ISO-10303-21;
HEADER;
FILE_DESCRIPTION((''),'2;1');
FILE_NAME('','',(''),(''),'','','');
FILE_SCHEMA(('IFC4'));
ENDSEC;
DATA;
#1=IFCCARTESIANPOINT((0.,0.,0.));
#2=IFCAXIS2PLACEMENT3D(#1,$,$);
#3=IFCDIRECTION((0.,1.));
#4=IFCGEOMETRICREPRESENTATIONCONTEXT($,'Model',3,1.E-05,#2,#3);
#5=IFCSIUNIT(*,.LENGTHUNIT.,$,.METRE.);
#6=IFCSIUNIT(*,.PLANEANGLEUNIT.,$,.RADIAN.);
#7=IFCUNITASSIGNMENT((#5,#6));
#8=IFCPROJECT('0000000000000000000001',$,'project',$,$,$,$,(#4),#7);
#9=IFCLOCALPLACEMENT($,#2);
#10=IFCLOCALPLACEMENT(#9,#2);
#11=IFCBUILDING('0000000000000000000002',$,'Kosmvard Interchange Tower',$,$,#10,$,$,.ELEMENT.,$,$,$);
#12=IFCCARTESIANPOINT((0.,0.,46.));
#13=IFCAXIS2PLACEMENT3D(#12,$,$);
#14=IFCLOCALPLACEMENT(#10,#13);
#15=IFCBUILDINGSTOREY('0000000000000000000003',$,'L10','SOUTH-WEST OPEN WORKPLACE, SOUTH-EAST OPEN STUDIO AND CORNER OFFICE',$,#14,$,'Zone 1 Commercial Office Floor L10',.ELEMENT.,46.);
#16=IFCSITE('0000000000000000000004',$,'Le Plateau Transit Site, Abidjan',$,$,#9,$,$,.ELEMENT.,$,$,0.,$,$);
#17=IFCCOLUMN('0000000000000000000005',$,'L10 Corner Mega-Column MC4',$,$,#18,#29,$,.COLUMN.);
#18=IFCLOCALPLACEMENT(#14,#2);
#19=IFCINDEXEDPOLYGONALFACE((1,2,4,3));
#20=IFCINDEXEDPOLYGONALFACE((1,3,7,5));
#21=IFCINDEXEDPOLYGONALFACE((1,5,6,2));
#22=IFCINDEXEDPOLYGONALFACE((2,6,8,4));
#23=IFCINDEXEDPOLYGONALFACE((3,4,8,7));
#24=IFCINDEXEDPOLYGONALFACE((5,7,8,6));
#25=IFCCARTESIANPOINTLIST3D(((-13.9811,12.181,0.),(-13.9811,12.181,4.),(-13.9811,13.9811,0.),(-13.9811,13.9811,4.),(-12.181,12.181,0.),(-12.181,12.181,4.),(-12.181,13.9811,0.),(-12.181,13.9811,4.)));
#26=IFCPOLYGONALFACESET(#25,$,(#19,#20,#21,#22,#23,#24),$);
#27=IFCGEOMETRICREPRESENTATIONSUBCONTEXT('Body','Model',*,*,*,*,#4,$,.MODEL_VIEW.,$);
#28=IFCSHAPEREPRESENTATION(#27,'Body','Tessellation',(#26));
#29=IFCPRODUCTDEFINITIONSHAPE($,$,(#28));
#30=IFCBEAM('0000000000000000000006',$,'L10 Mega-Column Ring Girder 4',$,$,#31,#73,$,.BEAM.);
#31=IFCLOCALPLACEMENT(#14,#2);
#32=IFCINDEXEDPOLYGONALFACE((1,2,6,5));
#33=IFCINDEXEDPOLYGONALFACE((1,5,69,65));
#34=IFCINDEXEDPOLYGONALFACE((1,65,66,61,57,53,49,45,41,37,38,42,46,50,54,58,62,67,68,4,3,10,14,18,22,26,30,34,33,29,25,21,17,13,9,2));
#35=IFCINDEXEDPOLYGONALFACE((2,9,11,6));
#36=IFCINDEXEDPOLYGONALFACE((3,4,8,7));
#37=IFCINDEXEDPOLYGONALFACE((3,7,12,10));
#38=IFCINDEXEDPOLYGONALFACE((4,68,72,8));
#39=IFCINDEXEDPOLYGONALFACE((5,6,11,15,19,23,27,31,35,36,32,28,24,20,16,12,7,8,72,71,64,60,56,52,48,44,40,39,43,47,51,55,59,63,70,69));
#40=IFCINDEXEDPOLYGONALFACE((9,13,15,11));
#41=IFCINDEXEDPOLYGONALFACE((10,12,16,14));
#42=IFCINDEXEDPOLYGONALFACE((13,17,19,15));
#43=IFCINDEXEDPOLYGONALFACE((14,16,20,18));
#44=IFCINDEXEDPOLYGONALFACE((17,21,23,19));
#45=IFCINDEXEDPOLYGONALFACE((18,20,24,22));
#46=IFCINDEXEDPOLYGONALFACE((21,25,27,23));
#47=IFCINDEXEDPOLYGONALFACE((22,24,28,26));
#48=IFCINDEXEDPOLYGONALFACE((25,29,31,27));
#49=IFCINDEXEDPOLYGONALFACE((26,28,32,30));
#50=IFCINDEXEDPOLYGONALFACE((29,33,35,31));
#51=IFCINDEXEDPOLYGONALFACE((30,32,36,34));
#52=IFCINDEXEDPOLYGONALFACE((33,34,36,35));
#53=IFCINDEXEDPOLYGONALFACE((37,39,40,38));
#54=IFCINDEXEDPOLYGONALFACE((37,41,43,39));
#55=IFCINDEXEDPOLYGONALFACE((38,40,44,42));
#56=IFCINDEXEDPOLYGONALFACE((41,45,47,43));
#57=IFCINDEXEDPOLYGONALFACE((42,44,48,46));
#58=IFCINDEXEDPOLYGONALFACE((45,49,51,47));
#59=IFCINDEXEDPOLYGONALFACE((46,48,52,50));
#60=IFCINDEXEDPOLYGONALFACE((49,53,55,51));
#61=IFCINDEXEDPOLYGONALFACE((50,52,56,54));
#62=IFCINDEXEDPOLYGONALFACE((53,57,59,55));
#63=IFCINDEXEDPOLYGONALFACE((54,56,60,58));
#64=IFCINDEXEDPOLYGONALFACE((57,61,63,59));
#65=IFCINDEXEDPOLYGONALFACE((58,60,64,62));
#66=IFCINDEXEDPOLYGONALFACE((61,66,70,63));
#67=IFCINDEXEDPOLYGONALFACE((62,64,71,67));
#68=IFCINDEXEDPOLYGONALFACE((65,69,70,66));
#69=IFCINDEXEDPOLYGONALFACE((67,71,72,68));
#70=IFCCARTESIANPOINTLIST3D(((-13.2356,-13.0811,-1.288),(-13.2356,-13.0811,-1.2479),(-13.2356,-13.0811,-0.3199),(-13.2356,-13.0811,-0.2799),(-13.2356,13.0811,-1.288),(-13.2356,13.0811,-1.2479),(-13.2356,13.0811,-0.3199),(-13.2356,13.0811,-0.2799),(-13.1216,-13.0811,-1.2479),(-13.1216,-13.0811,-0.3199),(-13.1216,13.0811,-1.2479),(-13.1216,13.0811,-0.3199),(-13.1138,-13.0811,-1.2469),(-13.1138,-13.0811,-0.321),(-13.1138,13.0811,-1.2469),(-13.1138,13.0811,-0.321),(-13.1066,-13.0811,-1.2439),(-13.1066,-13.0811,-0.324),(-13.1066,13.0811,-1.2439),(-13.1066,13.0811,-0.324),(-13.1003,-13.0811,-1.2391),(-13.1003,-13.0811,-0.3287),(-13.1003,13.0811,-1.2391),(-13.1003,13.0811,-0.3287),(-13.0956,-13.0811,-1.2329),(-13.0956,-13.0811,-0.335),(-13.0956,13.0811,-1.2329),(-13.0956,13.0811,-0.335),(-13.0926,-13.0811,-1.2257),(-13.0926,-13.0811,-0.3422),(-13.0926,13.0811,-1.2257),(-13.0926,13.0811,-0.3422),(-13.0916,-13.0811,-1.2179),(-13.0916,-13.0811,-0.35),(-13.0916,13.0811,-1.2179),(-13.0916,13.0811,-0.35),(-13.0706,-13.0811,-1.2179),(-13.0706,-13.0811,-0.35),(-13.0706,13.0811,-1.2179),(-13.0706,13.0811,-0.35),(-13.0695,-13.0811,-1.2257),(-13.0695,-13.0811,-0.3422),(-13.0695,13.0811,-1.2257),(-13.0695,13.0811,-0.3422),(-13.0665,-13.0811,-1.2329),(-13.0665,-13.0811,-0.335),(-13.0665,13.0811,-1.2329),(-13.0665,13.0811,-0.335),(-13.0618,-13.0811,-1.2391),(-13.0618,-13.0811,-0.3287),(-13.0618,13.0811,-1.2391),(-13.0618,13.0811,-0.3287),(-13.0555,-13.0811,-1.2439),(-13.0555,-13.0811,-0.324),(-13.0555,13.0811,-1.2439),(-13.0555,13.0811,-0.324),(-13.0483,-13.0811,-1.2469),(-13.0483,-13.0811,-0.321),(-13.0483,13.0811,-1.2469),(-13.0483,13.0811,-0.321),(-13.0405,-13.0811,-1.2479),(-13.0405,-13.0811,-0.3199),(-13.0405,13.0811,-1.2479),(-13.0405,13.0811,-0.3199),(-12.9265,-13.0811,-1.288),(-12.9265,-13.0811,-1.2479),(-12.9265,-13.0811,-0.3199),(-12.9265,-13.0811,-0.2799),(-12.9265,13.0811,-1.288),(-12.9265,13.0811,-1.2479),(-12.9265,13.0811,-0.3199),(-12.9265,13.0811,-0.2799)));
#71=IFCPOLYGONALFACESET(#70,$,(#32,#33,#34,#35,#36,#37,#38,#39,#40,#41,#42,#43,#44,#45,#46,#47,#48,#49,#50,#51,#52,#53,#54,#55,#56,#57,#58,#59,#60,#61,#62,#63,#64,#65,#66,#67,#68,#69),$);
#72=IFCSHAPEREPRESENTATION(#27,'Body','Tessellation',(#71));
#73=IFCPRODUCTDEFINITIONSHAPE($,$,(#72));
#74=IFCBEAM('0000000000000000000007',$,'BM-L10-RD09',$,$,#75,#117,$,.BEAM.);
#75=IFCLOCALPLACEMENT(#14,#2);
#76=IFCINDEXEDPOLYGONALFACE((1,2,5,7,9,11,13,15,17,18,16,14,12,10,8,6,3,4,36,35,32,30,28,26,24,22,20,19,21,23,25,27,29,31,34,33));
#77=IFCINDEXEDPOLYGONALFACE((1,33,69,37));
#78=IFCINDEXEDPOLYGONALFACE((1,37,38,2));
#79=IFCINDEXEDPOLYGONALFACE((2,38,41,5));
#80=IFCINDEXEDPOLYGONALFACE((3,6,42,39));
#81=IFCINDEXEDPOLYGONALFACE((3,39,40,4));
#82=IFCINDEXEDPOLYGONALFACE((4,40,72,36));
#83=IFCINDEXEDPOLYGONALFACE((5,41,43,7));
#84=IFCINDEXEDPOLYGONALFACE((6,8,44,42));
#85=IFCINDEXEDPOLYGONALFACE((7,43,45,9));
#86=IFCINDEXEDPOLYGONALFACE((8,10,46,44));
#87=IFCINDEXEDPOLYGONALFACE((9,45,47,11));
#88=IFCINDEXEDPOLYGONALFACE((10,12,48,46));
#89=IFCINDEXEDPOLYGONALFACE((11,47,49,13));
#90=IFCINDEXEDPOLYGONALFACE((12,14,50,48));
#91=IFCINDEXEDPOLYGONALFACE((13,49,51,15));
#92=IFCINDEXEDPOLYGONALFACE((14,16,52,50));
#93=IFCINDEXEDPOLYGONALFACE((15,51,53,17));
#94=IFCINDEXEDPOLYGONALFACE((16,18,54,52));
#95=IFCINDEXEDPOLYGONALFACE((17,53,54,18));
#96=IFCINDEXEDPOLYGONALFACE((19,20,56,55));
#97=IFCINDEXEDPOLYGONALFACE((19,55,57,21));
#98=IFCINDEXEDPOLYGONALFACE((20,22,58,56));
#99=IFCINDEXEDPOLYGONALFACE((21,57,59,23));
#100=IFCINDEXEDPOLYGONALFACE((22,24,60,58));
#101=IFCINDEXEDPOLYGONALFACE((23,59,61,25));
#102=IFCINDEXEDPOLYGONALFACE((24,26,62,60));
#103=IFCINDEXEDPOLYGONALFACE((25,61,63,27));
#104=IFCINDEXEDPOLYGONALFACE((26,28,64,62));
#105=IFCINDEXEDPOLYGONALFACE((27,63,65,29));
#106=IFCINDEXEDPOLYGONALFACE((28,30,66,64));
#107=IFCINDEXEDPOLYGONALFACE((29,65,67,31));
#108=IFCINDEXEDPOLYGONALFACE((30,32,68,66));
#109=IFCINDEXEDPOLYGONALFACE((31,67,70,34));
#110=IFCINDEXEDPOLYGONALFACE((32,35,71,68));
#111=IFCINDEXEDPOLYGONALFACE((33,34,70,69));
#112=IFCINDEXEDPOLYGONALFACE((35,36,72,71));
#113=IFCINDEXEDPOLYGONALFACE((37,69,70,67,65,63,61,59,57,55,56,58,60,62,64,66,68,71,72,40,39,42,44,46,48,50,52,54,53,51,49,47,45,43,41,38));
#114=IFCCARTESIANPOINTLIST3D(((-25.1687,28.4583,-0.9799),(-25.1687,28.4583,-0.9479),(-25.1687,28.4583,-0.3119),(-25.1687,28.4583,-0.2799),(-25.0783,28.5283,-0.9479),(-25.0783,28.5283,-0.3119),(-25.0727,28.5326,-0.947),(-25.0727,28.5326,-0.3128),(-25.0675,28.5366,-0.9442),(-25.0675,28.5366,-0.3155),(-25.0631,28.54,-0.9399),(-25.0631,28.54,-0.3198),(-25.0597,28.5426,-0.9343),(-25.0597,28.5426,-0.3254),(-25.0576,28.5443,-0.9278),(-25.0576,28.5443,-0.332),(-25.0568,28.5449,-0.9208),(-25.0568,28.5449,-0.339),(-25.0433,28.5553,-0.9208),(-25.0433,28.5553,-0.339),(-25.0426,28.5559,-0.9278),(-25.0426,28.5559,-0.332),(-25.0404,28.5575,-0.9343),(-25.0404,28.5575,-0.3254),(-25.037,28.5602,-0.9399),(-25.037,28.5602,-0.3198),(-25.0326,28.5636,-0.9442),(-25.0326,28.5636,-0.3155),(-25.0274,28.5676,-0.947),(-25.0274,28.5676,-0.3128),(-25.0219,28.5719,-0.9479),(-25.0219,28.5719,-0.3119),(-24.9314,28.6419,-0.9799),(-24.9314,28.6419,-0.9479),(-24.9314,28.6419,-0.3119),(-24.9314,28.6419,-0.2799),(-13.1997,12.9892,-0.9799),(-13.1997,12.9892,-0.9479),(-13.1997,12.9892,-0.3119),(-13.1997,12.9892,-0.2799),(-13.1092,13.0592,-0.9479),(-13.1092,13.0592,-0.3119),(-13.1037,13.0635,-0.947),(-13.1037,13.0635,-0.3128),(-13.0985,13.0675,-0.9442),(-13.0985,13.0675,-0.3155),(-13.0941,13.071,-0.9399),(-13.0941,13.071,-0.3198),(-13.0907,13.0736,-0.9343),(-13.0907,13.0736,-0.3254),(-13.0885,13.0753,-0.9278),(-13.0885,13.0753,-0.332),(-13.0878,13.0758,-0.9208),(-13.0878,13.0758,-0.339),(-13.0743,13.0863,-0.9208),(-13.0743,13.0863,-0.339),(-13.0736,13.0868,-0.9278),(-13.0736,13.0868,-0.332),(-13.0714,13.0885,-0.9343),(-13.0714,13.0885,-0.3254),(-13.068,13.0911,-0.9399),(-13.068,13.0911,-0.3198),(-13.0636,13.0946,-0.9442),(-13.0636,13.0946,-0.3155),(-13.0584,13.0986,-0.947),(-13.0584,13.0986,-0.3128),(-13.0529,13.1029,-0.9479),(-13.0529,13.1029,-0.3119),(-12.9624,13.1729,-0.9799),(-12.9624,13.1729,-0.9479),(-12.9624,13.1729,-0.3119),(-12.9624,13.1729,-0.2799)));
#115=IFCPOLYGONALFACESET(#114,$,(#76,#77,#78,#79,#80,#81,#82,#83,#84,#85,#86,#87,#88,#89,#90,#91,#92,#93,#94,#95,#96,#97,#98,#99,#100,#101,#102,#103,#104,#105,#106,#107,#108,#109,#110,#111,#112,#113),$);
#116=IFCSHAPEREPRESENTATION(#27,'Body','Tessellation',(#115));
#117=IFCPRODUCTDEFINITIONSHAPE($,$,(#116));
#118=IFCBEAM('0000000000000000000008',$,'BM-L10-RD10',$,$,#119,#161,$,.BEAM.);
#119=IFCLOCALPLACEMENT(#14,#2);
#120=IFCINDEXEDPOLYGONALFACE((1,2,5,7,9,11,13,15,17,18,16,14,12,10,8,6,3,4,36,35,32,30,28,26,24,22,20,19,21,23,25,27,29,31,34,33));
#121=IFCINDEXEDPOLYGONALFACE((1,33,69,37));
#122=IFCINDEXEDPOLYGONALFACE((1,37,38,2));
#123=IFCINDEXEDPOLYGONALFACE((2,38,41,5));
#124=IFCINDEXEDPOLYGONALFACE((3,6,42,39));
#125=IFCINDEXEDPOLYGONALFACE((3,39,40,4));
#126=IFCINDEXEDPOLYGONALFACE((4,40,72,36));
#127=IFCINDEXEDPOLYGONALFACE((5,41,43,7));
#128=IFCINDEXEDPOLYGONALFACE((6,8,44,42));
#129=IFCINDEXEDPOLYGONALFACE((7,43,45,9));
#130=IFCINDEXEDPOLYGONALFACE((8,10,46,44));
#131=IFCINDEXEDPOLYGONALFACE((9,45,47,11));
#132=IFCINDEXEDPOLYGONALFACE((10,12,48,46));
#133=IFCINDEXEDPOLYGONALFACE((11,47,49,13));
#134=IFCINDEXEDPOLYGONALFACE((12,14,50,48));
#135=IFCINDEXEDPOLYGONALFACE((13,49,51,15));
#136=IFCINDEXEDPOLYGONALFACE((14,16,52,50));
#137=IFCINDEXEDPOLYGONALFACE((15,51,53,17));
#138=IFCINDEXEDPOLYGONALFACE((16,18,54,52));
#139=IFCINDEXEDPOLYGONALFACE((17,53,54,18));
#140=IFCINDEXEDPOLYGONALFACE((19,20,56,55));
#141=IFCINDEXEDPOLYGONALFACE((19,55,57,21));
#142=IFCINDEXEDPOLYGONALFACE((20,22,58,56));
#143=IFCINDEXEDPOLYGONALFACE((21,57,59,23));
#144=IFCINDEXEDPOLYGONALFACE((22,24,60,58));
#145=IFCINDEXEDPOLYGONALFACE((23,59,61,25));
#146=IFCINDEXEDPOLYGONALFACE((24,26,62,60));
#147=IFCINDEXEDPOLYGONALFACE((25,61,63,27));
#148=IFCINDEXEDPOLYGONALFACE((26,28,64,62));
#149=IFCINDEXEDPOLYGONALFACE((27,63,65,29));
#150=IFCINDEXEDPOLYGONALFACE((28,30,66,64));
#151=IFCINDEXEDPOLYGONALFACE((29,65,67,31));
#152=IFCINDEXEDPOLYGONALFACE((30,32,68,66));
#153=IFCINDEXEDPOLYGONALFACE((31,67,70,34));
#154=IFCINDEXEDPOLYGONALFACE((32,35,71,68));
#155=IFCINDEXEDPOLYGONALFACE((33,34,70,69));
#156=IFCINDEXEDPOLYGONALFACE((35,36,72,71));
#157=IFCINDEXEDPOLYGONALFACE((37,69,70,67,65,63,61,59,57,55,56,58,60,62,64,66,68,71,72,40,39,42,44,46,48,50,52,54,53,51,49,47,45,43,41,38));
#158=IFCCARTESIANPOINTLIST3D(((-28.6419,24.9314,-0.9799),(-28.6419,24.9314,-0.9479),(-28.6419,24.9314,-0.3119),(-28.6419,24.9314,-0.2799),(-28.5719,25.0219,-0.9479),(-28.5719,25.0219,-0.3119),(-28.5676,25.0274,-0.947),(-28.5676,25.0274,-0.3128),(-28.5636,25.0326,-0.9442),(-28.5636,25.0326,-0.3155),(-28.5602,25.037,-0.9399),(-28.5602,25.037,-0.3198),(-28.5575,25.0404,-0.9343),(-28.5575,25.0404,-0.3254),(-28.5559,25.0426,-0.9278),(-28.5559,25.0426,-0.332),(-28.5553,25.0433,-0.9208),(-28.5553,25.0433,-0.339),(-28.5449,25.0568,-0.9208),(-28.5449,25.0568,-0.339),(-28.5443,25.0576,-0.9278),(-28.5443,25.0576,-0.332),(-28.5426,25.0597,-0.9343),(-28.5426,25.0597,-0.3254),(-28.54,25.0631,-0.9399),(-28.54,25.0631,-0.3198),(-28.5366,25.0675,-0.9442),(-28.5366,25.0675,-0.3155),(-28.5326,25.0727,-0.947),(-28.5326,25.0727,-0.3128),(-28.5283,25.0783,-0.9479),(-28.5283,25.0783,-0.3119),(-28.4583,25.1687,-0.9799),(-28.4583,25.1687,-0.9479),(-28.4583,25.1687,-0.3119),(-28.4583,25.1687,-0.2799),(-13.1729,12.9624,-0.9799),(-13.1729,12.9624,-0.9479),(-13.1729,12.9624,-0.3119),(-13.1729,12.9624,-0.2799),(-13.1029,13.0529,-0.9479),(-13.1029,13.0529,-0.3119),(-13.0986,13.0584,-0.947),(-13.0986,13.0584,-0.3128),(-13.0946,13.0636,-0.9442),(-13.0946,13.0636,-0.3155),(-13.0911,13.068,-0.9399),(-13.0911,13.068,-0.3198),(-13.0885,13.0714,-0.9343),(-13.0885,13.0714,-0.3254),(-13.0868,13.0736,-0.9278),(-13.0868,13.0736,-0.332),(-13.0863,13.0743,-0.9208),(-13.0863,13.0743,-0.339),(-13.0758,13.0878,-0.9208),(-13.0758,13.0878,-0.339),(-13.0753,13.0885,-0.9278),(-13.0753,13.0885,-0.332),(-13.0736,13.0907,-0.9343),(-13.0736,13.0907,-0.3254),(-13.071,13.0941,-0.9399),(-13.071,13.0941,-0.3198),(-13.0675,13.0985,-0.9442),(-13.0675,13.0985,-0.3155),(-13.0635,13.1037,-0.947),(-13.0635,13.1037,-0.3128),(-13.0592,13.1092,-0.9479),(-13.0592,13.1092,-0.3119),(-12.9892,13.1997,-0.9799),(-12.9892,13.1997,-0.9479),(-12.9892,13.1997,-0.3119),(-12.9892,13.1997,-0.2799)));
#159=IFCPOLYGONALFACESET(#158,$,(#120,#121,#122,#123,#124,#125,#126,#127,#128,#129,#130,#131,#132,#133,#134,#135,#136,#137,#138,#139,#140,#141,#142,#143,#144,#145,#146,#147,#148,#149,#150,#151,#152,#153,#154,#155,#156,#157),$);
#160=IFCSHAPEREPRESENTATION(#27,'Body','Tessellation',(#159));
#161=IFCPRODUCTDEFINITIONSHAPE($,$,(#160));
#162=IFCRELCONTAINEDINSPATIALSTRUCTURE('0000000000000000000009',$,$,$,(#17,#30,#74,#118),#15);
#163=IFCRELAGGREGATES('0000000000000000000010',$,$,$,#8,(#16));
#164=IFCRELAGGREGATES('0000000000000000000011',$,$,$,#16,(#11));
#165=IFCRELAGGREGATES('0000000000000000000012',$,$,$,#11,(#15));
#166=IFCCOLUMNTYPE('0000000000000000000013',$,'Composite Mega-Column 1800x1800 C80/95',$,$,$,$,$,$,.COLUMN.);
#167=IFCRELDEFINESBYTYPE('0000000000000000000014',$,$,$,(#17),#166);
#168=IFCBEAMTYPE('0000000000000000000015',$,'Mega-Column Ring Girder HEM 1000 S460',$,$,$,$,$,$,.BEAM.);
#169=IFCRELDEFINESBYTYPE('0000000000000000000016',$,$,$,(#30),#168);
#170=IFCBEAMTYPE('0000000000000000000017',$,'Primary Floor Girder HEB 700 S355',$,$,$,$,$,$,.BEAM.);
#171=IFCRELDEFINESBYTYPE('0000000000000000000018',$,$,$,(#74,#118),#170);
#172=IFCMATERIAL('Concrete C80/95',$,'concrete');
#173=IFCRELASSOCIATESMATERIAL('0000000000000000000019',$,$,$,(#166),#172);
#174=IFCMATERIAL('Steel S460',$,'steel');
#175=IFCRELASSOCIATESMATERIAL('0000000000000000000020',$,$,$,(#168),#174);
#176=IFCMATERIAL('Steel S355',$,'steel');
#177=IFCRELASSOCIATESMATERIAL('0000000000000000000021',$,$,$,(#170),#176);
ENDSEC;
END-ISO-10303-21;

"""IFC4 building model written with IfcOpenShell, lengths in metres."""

from ifc_helpers import new_model, si_unit, direction, frame, origin, origin_2d, place, context, subcontext, project, spatial, rectangle, i_section, extrude, source, transform, mapped, material, material_profile, profile_set, type_object, element, save


model = new_model("IFC4")

# Units and contexts
model_context = context("Model", 3, precision=1e-05, world=origin(), true_north=direction((0.0, 1.0)))
body_context = subcontext(model_context, "Body", "Model", "MODEL_VIEW")
ifc_project = project(units=[si_unit("LENGTHUNIT", "METRE"), si_unit("PLANEANGLEUNIT", "RADIAN")], contexts=[model_context])

# Site, building, storey
site_placement = place(None, origin())
site = spatial("IfcSite", under=ifc_project, at=site_placement, Name="Le Plateau Transit Site, Abidjan", CompositionType="ELEMENT", RefElevation=0.0)
building_placement = place(site_placement, origin())
building = spatial("IfcBuilding", under=site, at=building_placement, Name="Kosmvard Interchange Tower", CompositionType="ELEMENT")
storey_placement = place(building_placement, frame((0.0, 0.0, 46.0)))
storey = spatial("IfcBuildingStorey", under=building, at=storey_placement, Name="L10", Description="SOUTH-WEST OPEN WORKPLACE, SOUTH-EAST OPEN STUDIO AND CORNER OFFICE", LongName="Zone 1 Commercial Office Floor L10", CompositionType="ELEMENT", Elevation=46.0)

# Column
ifc_material_1 = material(Name="Concrete C80/95", Category="concrete")
ifc_material_profile_1 = material_profile(ifc_material_1, rectangle(XDim=1.8, YDim=1.8, at=origin_2d()), Name="MC 1800x1800")
ifc_profile_set_1 = profile_set([ifc_material_profile_1], Name="Concrete C80/95")
column_type = type_object("IfcColumnType", Name="Composite Mega-Column 1800x1800 C80/95", PredefinedType="COLUMN", material=ifc_profile_set_1)
shared_shape_1 = source(origin(), body_context, "Body", "SweptSolid", [
    extrude(rectangle(XDim=1.8, YDim=1.8, at=origin_2d()), origin(), (0.0, 0.0, 1.0), 4.0),
])
column_placement = place(storey_placement, frame((-13.0811, 13.0811, 0.0), z_axis=(0.0, 0.0, 1.0), x_axis=(1.0, 0.0, 0.0)))
element("IfcColumn", 1, at=column_placement, inside=storey, type_object=column_type, Name="L10 Corner Mega-Column MC4", PredefinedType="COLUMN", context=body_context, shape_type="MappedRepresentation", body=[
    mapped(shared_shape_1, transform((0.0, 0.0, 0.0), scale=1.0)),
])

# Beams
ifc_material_2 = material(Name="Steel S460", Category="steel")
ifc_material_profile_2 = material_profile(ifc_material_2, i_section(OverallWidth=0.3091, OverallDepth=1.0081, WebThickness=0.021, FlangeThickness=0.04, FilletRadius=0.03, at=origin_2d()), Name="HEM 1000")
ifc_profile_set_2 = profile_set([ifc_material_profile_2], Name="Steel S460")
beam_type_1 = type_object("IfcBeamType", Name="Mega-Column Ring Girder HEM 1000 S460", PredefinedType="BEAM", material=ifc_profile_set_2)
shared_shape_2 = source(origin(), body_context, "Body", "SweptSolid", [
    extrude(i_section(OverallWidth=0.3091, OverallDepth=1.0081, WebThickness=0.021, FlangeThickness=0.04, FilletRadius=0.03, at=origin_2d()), origin(), (0.0, 0.0, 1.0), 26.1621),
])
beam_1_placement = place(storey_placement, frame((-13.0811, 13.0811, -0.7839), z_axis=(0.0, -1.0, 0.0), x_axis=(1.0, 0.0, 0.0)))
element("IfcBeam", 2, at=beam_1_placement, inside=storey, type_object=beam_type_1, Name="L10 Mega-Column Ring Girder 4", PredefinedType="BEAM", context=body_context, shape_type="MappedRepresentation", body=[
    mapped(shared_shape_2, transform((0.0, 0.0, 0.0), scale=1.0)),
])
ifc_material_3 = material(Name="Steel S355", Category="steel")
ifc_material_profile_3 = material_profile(ifc_material_3, i_section(OverallWidth=0.3, OverallDepth=0.7, WebThickness=0.0171, FlangeThickness=0.032, FilletRadius=0.0271, at=origin_2d()), Name="HEB 700")
ifc_profile_set_3 = profile_set([ifc_material_profile_3], Name="Steel S355")
beam_type_2 = type_object("IfcBeamType", Name="Primary Floor Girder HEB 700 S355", PredefinedType="BEAM", material=ifc_profile_set_3)
shared_shape_3 = source(origin(), body_context, "Body", "SweptSolid", [
    extrude(i_section(OverallWidth=0.3, OverallDepth=0.7, WebThickness=0.0171, FlangeThickness=0.032, FilletRadius=0.0271, at=origin_2d()), origin(), (0.0, 0.0, 1.0), 19.5588),
])
for number, where, z_axis, x_axis, name in (
    (3, (-13.0811, 13.0811, -0.6299), (-0.611949, 0.790897, 0.0), (-0.790897, -0.611949, 0.0), "BM-L10-RD09"),
    (4, (-13.0811, 13.0811, -0.6299), (-0.790897, 0.611949, 0.0), (-0.611949, -0.790897, 0.0), "BM-L10-RD10"),
):
    element("IfcBeam", number, at=place(storey_placement, frame(where, z_axis=z_axis, x_axis=x_axis)), inside=storey, type_object=beam_type_2, Name=name, PredefinedType="BEAM", context=body_context, shape_type="MappedRepresentation", body=[
        mapped(shared_shape_3, transform((0.0, 0.0, 0.0), scale=1.0)),
    ])

save(model, "model.ifc")
